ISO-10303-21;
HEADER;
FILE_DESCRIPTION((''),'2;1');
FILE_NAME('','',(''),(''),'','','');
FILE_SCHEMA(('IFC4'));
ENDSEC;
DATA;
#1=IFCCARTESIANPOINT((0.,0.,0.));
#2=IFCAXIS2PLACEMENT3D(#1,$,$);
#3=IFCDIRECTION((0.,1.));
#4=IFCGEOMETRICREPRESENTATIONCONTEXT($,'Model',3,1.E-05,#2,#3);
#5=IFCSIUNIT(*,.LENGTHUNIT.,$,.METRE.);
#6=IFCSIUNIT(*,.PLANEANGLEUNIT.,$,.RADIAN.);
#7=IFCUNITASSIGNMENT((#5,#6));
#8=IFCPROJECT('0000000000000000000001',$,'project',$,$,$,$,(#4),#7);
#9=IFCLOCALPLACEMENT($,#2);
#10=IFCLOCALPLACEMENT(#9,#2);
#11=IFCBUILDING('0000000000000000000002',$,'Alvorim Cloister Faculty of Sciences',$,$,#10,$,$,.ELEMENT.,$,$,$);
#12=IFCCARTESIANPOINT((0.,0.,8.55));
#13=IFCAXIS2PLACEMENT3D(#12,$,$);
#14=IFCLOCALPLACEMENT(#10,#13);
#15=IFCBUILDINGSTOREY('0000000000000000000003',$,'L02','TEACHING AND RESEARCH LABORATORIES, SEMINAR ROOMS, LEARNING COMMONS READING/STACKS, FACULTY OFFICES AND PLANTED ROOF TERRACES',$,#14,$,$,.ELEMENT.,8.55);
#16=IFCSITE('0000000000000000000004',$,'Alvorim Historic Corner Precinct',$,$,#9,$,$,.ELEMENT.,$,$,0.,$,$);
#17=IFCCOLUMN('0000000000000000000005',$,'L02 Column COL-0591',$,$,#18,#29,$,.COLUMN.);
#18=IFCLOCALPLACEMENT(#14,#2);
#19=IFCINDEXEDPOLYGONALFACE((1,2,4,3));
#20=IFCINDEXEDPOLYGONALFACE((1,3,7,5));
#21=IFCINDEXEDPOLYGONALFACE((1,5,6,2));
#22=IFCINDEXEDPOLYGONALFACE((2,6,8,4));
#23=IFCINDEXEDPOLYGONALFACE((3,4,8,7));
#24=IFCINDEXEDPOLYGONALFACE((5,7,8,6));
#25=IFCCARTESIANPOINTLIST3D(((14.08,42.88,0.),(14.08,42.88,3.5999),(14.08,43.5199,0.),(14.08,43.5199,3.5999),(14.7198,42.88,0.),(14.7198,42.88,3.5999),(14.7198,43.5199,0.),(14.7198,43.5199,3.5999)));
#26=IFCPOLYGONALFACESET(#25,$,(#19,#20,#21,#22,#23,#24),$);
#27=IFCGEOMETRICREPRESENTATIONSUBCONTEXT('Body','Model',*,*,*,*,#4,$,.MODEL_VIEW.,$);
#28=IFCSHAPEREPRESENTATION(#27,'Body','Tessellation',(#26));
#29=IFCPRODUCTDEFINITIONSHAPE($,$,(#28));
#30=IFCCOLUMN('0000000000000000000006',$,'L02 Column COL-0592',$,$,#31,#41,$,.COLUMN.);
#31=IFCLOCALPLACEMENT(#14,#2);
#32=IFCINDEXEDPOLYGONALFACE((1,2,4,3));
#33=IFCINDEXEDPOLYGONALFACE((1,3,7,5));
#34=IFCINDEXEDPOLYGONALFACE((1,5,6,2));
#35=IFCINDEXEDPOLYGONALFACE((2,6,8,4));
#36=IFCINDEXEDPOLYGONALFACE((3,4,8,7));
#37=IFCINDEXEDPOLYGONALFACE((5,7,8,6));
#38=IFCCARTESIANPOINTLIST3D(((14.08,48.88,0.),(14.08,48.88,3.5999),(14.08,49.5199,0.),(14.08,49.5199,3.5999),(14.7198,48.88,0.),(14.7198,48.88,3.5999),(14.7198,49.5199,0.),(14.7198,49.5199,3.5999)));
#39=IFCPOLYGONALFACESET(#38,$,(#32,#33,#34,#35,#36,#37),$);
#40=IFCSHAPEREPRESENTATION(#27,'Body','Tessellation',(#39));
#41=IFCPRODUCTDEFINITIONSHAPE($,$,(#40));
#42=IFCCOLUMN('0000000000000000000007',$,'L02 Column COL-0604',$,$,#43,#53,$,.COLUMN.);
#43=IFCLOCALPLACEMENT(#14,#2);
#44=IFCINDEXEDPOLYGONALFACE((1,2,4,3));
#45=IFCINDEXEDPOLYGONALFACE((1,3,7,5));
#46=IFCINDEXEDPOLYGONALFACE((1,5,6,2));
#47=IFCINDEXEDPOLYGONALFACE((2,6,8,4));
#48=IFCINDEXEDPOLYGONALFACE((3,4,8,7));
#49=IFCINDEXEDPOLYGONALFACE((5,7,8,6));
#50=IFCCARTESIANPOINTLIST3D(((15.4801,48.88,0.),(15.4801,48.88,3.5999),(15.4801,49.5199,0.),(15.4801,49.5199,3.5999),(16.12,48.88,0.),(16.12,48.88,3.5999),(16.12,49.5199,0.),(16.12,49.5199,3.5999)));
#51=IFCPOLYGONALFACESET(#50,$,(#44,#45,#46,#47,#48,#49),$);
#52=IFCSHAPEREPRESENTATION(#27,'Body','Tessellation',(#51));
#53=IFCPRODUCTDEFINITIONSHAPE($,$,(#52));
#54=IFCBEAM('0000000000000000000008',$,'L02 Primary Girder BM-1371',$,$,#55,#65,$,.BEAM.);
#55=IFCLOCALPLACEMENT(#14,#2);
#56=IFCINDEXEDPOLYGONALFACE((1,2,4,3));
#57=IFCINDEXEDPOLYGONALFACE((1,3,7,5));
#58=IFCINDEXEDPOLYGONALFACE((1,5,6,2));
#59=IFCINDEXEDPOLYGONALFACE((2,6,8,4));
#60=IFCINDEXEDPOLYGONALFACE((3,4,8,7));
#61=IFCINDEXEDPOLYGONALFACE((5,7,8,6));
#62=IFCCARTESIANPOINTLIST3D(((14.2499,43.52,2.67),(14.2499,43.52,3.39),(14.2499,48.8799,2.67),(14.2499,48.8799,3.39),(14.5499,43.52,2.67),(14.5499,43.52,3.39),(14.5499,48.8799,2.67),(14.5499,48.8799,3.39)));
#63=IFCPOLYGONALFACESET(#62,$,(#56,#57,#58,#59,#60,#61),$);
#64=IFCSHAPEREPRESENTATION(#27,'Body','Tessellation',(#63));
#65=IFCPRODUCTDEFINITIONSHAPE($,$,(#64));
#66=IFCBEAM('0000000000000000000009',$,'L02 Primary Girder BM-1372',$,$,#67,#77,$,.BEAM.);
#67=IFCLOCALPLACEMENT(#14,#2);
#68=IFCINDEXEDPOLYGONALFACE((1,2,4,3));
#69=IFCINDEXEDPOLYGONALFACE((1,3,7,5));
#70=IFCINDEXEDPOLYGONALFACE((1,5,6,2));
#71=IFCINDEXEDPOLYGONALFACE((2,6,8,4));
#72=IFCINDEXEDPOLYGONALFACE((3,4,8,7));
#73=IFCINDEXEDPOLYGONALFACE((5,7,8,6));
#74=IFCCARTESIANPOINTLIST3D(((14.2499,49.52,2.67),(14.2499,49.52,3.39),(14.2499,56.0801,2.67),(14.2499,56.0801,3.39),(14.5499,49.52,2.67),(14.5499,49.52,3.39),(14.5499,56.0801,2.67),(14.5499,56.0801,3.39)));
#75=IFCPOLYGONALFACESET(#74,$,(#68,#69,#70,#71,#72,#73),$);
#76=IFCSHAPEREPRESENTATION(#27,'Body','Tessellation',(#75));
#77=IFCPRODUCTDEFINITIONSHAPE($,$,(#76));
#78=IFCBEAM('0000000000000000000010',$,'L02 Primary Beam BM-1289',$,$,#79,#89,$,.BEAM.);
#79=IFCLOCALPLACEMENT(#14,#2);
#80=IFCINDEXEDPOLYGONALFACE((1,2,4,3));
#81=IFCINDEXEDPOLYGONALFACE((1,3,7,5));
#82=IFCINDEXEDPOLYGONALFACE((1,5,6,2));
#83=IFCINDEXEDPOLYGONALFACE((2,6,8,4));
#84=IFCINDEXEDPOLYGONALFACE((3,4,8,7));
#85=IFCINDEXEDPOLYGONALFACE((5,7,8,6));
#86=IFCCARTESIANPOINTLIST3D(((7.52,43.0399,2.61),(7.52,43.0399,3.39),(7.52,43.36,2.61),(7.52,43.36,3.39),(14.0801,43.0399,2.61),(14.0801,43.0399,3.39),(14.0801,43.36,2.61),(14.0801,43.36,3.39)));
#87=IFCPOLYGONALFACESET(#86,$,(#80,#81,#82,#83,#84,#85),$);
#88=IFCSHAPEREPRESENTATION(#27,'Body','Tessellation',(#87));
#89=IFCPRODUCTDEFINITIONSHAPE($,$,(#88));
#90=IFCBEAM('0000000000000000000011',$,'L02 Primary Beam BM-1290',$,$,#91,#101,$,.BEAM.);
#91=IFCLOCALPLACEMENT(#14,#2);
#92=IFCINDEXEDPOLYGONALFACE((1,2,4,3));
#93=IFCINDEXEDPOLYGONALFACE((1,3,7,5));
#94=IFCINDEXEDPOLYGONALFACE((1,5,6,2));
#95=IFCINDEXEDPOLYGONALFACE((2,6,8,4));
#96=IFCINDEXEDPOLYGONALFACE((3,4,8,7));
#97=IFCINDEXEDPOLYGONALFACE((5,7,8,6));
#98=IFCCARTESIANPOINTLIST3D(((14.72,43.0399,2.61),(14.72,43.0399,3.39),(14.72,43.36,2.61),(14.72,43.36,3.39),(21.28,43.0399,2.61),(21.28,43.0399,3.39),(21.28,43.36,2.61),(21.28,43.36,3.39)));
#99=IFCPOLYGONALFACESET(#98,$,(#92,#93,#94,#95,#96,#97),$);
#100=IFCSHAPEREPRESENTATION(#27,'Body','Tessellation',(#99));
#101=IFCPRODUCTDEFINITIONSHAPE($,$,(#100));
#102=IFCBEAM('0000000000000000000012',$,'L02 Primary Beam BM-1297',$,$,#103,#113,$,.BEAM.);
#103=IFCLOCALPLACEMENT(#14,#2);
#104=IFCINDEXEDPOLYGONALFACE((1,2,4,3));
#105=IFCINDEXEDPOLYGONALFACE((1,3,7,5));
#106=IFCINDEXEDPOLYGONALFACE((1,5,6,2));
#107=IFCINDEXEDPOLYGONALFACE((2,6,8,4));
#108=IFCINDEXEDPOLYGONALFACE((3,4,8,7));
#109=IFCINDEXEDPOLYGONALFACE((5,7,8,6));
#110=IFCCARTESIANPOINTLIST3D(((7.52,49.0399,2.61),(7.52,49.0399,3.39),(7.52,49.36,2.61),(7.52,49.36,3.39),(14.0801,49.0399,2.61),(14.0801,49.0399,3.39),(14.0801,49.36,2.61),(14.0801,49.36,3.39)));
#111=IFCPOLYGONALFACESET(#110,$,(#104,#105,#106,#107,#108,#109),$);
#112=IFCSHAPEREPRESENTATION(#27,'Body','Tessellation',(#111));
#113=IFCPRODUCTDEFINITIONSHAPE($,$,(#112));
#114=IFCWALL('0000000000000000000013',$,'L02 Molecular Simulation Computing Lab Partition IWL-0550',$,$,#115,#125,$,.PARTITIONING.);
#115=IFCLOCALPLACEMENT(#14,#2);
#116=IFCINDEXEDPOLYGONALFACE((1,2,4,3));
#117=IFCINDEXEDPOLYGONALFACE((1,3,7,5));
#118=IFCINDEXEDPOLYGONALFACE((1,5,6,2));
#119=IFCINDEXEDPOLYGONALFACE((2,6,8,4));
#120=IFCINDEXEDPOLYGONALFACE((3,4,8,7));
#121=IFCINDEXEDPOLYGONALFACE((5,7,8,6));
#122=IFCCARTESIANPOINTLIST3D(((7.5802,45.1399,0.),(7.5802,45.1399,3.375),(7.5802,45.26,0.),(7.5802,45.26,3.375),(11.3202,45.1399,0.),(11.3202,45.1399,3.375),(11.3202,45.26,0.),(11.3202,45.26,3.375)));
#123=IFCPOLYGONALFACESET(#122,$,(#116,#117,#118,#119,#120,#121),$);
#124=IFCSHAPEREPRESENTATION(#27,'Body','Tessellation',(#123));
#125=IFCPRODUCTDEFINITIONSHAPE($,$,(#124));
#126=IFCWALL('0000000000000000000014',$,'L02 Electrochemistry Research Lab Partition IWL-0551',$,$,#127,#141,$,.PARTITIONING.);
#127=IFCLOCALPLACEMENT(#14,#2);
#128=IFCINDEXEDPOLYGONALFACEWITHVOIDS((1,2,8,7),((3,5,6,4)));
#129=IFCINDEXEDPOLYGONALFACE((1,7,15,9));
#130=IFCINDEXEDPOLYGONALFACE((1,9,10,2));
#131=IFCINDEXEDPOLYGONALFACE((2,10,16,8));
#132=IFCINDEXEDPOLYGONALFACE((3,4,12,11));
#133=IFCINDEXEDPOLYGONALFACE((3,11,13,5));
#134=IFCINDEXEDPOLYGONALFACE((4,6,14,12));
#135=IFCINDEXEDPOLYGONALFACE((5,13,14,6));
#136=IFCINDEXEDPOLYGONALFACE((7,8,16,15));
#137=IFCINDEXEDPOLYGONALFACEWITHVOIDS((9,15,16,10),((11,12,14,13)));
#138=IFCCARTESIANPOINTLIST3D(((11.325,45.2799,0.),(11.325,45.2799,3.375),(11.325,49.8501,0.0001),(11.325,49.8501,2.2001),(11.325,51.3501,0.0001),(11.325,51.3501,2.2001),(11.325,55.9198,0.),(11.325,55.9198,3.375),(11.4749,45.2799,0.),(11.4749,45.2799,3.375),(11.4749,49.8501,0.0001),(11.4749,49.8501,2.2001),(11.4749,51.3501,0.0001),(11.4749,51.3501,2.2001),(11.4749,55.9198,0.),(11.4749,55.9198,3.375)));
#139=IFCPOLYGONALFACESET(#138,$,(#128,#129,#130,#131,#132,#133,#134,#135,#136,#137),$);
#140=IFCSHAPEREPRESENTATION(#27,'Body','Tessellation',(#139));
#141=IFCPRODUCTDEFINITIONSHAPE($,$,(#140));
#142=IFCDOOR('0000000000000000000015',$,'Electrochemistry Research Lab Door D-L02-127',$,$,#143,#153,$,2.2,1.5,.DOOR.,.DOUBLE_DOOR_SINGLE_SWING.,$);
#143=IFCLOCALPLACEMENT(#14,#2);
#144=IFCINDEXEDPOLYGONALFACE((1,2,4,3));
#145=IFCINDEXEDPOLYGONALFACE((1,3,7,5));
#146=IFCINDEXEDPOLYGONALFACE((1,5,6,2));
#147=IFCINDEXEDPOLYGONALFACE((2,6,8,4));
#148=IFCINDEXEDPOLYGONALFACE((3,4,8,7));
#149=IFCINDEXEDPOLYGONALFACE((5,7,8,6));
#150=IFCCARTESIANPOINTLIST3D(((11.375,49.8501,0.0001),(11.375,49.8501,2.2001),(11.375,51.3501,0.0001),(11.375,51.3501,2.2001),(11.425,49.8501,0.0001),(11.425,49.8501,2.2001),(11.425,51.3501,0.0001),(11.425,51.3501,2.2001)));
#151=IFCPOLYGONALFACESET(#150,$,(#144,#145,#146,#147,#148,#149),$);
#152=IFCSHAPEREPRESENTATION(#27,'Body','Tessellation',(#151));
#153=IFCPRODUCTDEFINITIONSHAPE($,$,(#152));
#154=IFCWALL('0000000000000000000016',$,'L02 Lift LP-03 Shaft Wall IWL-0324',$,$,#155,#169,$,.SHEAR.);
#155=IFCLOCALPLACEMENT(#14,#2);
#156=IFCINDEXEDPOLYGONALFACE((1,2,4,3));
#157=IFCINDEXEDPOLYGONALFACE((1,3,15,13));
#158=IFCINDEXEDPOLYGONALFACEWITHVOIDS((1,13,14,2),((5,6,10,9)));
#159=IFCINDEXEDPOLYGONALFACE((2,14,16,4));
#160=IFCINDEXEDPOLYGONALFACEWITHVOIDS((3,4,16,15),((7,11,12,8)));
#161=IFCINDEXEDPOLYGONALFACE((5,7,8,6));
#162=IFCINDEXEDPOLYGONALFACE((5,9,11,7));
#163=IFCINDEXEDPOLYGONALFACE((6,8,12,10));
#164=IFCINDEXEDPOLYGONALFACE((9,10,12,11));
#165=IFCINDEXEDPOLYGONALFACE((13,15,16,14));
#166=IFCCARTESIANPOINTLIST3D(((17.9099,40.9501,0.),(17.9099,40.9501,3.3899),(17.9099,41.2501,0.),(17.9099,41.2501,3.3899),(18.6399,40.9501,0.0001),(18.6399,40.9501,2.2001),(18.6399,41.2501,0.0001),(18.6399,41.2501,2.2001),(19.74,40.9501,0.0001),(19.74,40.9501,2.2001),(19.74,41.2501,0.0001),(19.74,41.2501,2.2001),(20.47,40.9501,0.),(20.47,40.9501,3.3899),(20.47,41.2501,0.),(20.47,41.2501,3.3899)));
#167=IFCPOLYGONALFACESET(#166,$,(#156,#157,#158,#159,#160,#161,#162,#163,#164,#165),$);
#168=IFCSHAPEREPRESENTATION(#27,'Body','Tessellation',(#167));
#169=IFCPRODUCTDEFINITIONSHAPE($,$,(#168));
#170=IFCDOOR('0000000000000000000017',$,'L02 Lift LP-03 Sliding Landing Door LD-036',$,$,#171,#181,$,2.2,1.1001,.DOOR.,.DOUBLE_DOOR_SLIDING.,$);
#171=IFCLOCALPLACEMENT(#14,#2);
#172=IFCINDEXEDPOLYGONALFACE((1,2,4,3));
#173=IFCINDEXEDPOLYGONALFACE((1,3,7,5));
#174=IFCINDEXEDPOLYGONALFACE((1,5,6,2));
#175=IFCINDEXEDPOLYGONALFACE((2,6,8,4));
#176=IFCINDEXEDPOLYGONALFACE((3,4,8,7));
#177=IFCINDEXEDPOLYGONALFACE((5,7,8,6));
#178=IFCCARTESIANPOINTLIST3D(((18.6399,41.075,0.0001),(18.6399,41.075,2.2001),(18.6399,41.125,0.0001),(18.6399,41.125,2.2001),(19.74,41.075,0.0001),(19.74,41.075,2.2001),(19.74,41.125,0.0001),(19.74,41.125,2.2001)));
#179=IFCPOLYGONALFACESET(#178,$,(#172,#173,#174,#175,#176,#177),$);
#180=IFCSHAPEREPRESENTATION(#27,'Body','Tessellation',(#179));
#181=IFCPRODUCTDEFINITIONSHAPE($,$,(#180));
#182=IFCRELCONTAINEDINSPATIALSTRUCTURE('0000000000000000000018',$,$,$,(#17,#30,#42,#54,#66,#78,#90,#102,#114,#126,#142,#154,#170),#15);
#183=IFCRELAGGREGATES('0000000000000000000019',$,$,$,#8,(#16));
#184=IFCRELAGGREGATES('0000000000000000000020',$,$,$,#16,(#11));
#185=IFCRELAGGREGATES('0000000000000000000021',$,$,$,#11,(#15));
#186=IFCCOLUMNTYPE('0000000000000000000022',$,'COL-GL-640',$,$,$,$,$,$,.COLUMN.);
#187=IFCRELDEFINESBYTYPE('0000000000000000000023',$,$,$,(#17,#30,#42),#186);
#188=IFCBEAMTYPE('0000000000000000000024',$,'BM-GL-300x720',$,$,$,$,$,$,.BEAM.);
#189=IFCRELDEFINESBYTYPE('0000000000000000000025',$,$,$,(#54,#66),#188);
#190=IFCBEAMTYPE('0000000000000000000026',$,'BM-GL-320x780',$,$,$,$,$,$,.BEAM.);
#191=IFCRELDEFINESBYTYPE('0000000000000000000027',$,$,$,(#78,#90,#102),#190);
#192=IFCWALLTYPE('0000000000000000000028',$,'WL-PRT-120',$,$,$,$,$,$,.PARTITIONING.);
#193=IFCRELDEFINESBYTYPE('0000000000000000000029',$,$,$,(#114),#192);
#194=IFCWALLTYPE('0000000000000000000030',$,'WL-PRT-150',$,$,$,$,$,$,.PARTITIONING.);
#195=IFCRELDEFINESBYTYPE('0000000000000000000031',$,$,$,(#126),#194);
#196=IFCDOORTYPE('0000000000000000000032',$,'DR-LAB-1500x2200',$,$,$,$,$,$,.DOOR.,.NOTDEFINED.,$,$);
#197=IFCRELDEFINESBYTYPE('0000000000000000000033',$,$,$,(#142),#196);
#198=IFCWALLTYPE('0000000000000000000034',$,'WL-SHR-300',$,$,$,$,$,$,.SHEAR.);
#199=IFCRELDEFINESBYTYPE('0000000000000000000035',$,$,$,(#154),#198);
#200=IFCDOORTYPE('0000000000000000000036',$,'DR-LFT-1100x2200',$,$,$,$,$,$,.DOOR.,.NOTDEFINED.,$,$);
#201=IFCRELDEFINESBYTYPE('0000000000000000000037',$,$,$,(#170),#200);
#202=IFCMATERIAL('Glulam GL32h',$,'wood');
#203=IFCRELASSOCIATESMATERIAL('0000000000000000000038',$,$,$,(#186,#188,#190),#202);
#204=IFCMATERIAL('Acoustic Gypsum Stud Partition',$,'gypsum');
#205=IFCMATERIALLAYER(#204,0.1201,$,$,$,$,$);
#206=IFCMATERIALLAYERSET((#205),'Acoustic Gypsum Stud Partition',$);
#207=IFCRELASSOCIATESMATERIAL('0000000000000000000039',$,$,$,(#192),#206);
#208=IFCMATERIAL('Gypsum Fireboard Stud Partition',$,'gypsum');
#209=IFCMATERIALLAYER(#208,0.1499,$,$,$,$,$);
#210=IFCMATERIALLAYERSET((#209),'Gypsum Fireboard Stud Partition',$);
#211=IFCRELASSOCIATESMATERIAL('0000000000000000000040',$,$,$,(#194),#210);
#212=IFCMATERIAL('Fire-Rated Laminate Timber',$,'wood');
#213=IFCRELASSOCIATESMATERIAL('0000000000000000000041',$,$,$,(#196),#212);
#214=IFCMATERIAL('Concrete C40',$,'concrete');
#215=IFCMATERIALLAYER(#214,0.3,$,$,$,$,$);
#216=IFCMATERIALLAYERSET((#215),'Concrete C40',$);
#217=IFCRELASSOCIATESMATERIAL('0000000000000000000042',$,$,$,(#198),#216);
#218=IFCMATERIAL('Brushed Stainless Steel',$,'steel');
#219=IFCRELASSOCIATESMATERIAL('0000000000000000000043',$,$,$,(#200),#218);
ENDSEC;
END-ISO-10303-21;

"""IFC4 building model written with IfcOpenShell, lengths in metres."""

from ifc_helpers import new_model, si_unit, direction, frame, frame_2d, origin, origin_2d, place, context, subcontext, project, spatial, rectangle, extrude, material, layer, layer_set, material_profile, profile_set, type_object, element, fill, save


model = new_model("IFC4")

# Units and contexts
model_context = context("Model", 3, precision=1e-05, world=origin(), true_north=direction((0.0, 1.0)))
body_context = subcontext(model_context, "Body", "Model", "MODEL_VIEW")
ifc_project = project(units=[si_unit("LENGTHUNIT", "METRE"), si_unit("PLANEANGLEUNIT", "RADIAN")], contexts=[model_context])

# Site, building, storey
site_placement = place(None, origin())
site = spatial("IfcSite", under=ifc_project, at=site_placement, Name="Alvorim Historic Corner Precinct", CompositionType="ELEMENT", RefElevation=0.0)
building_placement = place(site_placement, origin())
building = spatial("IfcBuilding", under=site, at=building_placement, Name="Alvorim Cloister Faculty of Sciences", CompositionType="ELEMENT")
storey_placement = place(building_placement, frame((0.0, 0.0, 8.55)))
storey = spatial("IfcBuildingStorey", under=building, at=storey_placement, Name="L02", Description="TEACHING AND RESEARCH LABORATORIES, SEMINAR ROOMS, LEARNING COMMONS READING/STACKS, FACULTY OFFICES AND PLANTED ROOF TERRACES", CompositionType="ELEMENT", Elevation=8.55)

# Columns
ifc_material_1 = material(Name="Glulam GL32h", Category="wood")
ifc_material_profile_1 = material_profile(ifc_material_1, rectangle(XDim=0.6399, YDim=0.6399, at=origin_2d()), Name="GL32-COL-640x640")
ifc_profile_set_1 = profile_set([ifc_material_profile_1], Name="Glulam GL32h")
column_type = type_object("IfcColumnType", Name="COL-GL-640", PredefinedType="COLUMN", material=ifc_profile_set_1)
for number, where, z_axis, x_axis, name in (
    (1, (14.3999, 43.2, 0.0), (0.0, 0.0, 1.0), (1.0, 0.0, 0.0), "L02 Column COL-0591"),
    (2, (14.3999, 49.2, 0.0), (0.0, 0.0, 1.0), (1.0, 0.0, 0.0), "L02 Column COL-0592"),
    (3, (15.8, 49.2, 0.0), (0.0, 0.0, 1.0), (1.0, 0.0, 0.0), "L02 Column COL-0604"),
):
    element("IfcColumn", number, at=place(storey_placement, frame(where, z_axis=z_axis, x_axis=x_axis)), inside=storey, type_object=column_type, Name=name, PredefinedType="COLUMN", context=body_context, shape_type="SweptSolid", body=[
        extrude(rectangle(XDim=0.6399, YDim=0.6399, at=origin_2d()), origin(), (0.0, 0.0, 1.0), 3.5999),
    ])

# Beams
ifc_material_profile_2 = material_profile(ifc_material_1, rectangle(XDim=0.3, YDim=0.72, at=origin_2d()), Name="GL32-BM-300x720")
ifc_profile_set_2 = profile_set([ifc_material_profile_2], Name="Glulam GL32h")
beam_type_1 = type_object("IfcBeamType", Name="BM-GL-300x720", PredefinedType="BEAM", material=ifc_profile_set_2)
beam_1_placement = place(storey_placement, frame((14.3999, 43.52, 3.03), z_axis=(0.0, 1.0, 0.0), x_axis=(-1.0, 0.0, 0.0)))
element("IfcBeam", 4, at=beam_1_placement, inside=storey, type_object=beam_type_1, Name="L02 Primary Girder BM-1371", PredefinedType="BEAM", context=body_context, shape_type="SweptSolid", body=[
    extrude(rectangle(XDim=0.3, YDim=0.72, at=origin_2d()), origin(), (0.0, 0.0, 1.0), 5.3599),
])
beam_2_placement = place(storey_placement, frame((14.3999, 49.52, 3.03), z_axis=(0.0, 1.0, 0.0), x_axis=(-1.0, 0.0, 0.0)))
element("IfcBeam", 5, at=beam_2_placement, inside=storey, type_object=beam_type_1, Name="L02 Primary Girder BM-1372", PredefinedType="BEAM", context=body_context, shape_type="SweptSolid", body=[
    extrude(rectangle(XDim=0.3, YDim=0.72, at=origin_2d()), origin(), (0.0, 0.0, 1.0), 6.5601),
])
ifc_material_profile_3 = material_profile(ifc_material_1, rectangle(XDim=0.3201, YDim=0.78, at=origin_2d()), Name="GL32-BM-320x780")
ifc_profile_set_3 = profile_set([ifc_material_profile_3], Name="Glulam GL32h")
beam_type_2 = type_object("IfcBeamType", Name="BM-GL-320x780", PredefinedType="BEAM", material=ifc_profile_set_3)
for number, where, z_axis, x_axis, name in (
    (6, (7.52, 43.2, 3.0), (1.0, 0.0, 0.0), (0.0, 1.0, 0.0), "L02 Primary Beam BM-1289"),
    (7, (14.72, 43.2, 3.0), (1.0, 0.0, 0.0), (0.0, 1.0, 0.0), "L02 Primary Beam BM-1290"),
    (8, (7.52, 49.2, 3.0), (1.0, 0.0, 0.0), (0.0, 1.0, 0.0), "L02 Primary Beam BM-1297"),
):
    element("IfcBeam", number, at=place(storey_placement, frame(where, z_axis=z_axis, x_axis=x_axis)), inside=storey, type_object=beam_type_2, Name=name, PredefinedType="BEAM", context=body_context, shape_type="SweptSolid", body=[
        extrude(rectangle(XDim=0.3201, YDim=0.78, at=origin_2d()), origin(), (0.0, 0.0, 1.0), 6.5601),
    ])

# Wall
ifc_material_2 = material(Name="Acoustic Gypsum Stud Partition", Category="gypsum")
ifc_layer_1 = layer(ifc_material_2, 0.1201)
ifc_layer_set_1 = layer_set([ifc_layer_1], Name="Acoustic Gypsum Stud Partition")
wall_type_1 = type_object("IfcWallType", Name="WL-PRT-120", PredefinedType="PARTITIONING", material=ifc_layer_set_1)
wall_1_placement = place(storey_placement, frame((7.5801, 45.2, 0.0), z_axis=(0.0, 0.0, 1.0), x_axis=(1.0, 0.0, 0.0)))
element("IfcWall", 9, at=wall_1_placement, inside=storey, type_object=wall_type_1, Name="L02 Molecular Simulation Computing Lab Partition IWL-0550", PredefinedType="PARTITIONING", context=body_context, shape_type="SweptSolid", body=[
    extrude(rectangle(XDim=3.74, YDim=0.1201, at=frame_2d((1.8701, 0.0))), origin(), (0.0, 0.0, 1.0), 3.375),
])

# Walls, openings, doors
ifc_material_3 = material(Name="Gypsum Fireboard Stud Partition", Category="gypsum")
ifc_layer_2 = layer(ifc_material_3, 0.1499)
ifc_layer_set_2 = layer_set([ifc_layer_2], Name="Gypsum Fireboard Stud Partition")
wall_type_2 = type_object("IfcWallType", Name="WL-PRT-150", PredefinedType="PARTITIONING", material=ifc_layer_set_2)
wall_2_placement = place(storey_placement, frame((11.3999, 45.28, 0.0), z_axis=(0.0, 0.0, 1.0), x_axis=(0.0, 1.0, 0.0)))
wall_2 = element("IfcWall", 10, at=wall_2_placement, inside=storey, type_object=wall_type_2, Name="L02 Electrochemistry Research Lab Partition IWL-0551", PredefinedType="PARTITIONING", context=body_context, shape_type="SweptSolid", body=[
    extrude(rectangle(XDim=10.6399, YDim=0.1499, at=frame_2d((5.3198, 0.0))), origin(), (0.0, 0.0, 1.0), 3.375),
])
opening_1_placement = place(wall_2_placement, frame((4.5701, 0.0, 0.0)))
opening_1 = element("IfcOpeningElement", 11, at=opening_1_placement, cuts=wall_2, PredefinedType="OPENING", context=body_context, shape_type="SweptSolid", body=[
    extrude(rectangle(XDim=1.5, YDim=2.2, at=frame_2d((0.75, 1.1001))), frame((0.0, 0.0869, 0.0), z_axis=(0.0, -1.0, 0.0), x_axis=(1.0, 0.0, 0.0)), (0.0, 0.0, 1.0), 0.1738),
])
ifc_material_4 = material(Name="Fire-Rated Laminate Timber", Category="wood")
door_type_1 = type_object("IfcDoorType", Name="DR-LAB-1500x2200", OperationType="NOTDEFINED", PredefinedType="DOOR", material=ifc_material_4)
door_1_placement = place(opening_1_placement, origin())
door_1 = element("IfcDoor", 12, at=door_1_placement, inside=storey, type_object=door_type_1, Name="Electrochemistry Research Lab Door D-L02-127", OperationType="DOUBLE_DOOR_SINGLE_SWING", OverallHeight=2.2, OverallWidth=1.5, PredefinedType="DOOR", context=body_context, shape_type="SweptSolid", body=[
    extrude(rectangle(XDim=1.5, YDim=2.2, at=frame_2d((0.75, 1.1001))), frame((0.0, 0.0249, 0.0), z_axis=(0.0, -1.0, 0.0), x_axis=(1.0, 0.0, 0.0)), (0.0, 0.0, 1.0), 0.05),
])
fill(opening_1, door_1)
ifc_material_5 = material(Name="Concrete C40", Category="concrete")
ifc_layer_3 = layer(ifc_material_5, 0.3)
ifc_layer_set_3 = layer_set([ifc_layer_3], Name="Concrete C40")
wall_type_3 = type_object("IfcWallType", Name="WL-SHR-300", PredefinedType="SHEAR", material=ifc_layer_set_3)
wall_3_placement = place(storey_placement, frame((17.9099, 41.1001, 0.0), z_axis=(0.0, 0.0, 1.0), x_axis=(1.0, 0.0, 0.0)))
wall_3 = element("IfcWall", 13, at=wall_3_placement, inside=storey, type_object=wall_type_3, Name="L02 Lift LP-03 Shaft Wall IWL-0324", PredefinedType="SHEAR", context=body_context, shape_type="SweptSolid", body=[
    extrude(rectangle(XDim=2.5601, YDim=0.3, at=frame_2d((1.28, 0.0))), origin(), (0.0, 0.0, 1.0), 3.3899),
])
opening_2_placement = place(wall_3_placement, frame((0.73, 0.0, 0.0)))
opening_2 = element("IfcOpeningElement", 14, at=opening_2_placement, cuts=wall_3, PredefinedType="OPENING", context=body_context, shape_type="SweptSolid", body=[
    extrude(rectangle(XDim=1.1001, YDim=2.2, at=frame_2d((0.55, 1.1001))), frame((0.0, 0.1621, 0.0), z_axis=(0.0, -1.0, 0.0), x_axis=(1.0, 0.0, 0.0)), (0.0, 0.0, 1.0), 0.324),
])
ifc_material_6 = material(Name="Brushed Stainless Steel", Category="steel")
door_type_2 = type_object("IfcDoorType", Name="DR-LFT-1100x2200", OperationType="NOTDEFINED", PredefinedType="DOOR", material=ifc_material_6)
door_2_placement = place(opening_2_placement, origin())
door_2 = element("IfcDoor", 15, at=door_2_placement, inside=storey, type_object=door_type_2, Name="L02 Lift LP-03 Sliding Landing Door LD-036", OperationType="DOUBLE_DOOR_SLIDING", OverallHeight=2.2, OverallWidth=1.1001, PredefinedType="DOOR", context=body_context, shape_type="SweptSolid", body=[
    extrude(rectangle(XDim=1.1001, YDim=2.2, at=frame_2d((0.55, 1.1001))), frame((0.0, 0.0249, 0.0), z_axis=(0.0, -1.0, 0.0), x_axis=(1.0, 0.0, 0.0)), (0.0, 0.0, 1.0), 0.05),
])
fill(opening_2, door_2)

save(model, "model.ifc")
